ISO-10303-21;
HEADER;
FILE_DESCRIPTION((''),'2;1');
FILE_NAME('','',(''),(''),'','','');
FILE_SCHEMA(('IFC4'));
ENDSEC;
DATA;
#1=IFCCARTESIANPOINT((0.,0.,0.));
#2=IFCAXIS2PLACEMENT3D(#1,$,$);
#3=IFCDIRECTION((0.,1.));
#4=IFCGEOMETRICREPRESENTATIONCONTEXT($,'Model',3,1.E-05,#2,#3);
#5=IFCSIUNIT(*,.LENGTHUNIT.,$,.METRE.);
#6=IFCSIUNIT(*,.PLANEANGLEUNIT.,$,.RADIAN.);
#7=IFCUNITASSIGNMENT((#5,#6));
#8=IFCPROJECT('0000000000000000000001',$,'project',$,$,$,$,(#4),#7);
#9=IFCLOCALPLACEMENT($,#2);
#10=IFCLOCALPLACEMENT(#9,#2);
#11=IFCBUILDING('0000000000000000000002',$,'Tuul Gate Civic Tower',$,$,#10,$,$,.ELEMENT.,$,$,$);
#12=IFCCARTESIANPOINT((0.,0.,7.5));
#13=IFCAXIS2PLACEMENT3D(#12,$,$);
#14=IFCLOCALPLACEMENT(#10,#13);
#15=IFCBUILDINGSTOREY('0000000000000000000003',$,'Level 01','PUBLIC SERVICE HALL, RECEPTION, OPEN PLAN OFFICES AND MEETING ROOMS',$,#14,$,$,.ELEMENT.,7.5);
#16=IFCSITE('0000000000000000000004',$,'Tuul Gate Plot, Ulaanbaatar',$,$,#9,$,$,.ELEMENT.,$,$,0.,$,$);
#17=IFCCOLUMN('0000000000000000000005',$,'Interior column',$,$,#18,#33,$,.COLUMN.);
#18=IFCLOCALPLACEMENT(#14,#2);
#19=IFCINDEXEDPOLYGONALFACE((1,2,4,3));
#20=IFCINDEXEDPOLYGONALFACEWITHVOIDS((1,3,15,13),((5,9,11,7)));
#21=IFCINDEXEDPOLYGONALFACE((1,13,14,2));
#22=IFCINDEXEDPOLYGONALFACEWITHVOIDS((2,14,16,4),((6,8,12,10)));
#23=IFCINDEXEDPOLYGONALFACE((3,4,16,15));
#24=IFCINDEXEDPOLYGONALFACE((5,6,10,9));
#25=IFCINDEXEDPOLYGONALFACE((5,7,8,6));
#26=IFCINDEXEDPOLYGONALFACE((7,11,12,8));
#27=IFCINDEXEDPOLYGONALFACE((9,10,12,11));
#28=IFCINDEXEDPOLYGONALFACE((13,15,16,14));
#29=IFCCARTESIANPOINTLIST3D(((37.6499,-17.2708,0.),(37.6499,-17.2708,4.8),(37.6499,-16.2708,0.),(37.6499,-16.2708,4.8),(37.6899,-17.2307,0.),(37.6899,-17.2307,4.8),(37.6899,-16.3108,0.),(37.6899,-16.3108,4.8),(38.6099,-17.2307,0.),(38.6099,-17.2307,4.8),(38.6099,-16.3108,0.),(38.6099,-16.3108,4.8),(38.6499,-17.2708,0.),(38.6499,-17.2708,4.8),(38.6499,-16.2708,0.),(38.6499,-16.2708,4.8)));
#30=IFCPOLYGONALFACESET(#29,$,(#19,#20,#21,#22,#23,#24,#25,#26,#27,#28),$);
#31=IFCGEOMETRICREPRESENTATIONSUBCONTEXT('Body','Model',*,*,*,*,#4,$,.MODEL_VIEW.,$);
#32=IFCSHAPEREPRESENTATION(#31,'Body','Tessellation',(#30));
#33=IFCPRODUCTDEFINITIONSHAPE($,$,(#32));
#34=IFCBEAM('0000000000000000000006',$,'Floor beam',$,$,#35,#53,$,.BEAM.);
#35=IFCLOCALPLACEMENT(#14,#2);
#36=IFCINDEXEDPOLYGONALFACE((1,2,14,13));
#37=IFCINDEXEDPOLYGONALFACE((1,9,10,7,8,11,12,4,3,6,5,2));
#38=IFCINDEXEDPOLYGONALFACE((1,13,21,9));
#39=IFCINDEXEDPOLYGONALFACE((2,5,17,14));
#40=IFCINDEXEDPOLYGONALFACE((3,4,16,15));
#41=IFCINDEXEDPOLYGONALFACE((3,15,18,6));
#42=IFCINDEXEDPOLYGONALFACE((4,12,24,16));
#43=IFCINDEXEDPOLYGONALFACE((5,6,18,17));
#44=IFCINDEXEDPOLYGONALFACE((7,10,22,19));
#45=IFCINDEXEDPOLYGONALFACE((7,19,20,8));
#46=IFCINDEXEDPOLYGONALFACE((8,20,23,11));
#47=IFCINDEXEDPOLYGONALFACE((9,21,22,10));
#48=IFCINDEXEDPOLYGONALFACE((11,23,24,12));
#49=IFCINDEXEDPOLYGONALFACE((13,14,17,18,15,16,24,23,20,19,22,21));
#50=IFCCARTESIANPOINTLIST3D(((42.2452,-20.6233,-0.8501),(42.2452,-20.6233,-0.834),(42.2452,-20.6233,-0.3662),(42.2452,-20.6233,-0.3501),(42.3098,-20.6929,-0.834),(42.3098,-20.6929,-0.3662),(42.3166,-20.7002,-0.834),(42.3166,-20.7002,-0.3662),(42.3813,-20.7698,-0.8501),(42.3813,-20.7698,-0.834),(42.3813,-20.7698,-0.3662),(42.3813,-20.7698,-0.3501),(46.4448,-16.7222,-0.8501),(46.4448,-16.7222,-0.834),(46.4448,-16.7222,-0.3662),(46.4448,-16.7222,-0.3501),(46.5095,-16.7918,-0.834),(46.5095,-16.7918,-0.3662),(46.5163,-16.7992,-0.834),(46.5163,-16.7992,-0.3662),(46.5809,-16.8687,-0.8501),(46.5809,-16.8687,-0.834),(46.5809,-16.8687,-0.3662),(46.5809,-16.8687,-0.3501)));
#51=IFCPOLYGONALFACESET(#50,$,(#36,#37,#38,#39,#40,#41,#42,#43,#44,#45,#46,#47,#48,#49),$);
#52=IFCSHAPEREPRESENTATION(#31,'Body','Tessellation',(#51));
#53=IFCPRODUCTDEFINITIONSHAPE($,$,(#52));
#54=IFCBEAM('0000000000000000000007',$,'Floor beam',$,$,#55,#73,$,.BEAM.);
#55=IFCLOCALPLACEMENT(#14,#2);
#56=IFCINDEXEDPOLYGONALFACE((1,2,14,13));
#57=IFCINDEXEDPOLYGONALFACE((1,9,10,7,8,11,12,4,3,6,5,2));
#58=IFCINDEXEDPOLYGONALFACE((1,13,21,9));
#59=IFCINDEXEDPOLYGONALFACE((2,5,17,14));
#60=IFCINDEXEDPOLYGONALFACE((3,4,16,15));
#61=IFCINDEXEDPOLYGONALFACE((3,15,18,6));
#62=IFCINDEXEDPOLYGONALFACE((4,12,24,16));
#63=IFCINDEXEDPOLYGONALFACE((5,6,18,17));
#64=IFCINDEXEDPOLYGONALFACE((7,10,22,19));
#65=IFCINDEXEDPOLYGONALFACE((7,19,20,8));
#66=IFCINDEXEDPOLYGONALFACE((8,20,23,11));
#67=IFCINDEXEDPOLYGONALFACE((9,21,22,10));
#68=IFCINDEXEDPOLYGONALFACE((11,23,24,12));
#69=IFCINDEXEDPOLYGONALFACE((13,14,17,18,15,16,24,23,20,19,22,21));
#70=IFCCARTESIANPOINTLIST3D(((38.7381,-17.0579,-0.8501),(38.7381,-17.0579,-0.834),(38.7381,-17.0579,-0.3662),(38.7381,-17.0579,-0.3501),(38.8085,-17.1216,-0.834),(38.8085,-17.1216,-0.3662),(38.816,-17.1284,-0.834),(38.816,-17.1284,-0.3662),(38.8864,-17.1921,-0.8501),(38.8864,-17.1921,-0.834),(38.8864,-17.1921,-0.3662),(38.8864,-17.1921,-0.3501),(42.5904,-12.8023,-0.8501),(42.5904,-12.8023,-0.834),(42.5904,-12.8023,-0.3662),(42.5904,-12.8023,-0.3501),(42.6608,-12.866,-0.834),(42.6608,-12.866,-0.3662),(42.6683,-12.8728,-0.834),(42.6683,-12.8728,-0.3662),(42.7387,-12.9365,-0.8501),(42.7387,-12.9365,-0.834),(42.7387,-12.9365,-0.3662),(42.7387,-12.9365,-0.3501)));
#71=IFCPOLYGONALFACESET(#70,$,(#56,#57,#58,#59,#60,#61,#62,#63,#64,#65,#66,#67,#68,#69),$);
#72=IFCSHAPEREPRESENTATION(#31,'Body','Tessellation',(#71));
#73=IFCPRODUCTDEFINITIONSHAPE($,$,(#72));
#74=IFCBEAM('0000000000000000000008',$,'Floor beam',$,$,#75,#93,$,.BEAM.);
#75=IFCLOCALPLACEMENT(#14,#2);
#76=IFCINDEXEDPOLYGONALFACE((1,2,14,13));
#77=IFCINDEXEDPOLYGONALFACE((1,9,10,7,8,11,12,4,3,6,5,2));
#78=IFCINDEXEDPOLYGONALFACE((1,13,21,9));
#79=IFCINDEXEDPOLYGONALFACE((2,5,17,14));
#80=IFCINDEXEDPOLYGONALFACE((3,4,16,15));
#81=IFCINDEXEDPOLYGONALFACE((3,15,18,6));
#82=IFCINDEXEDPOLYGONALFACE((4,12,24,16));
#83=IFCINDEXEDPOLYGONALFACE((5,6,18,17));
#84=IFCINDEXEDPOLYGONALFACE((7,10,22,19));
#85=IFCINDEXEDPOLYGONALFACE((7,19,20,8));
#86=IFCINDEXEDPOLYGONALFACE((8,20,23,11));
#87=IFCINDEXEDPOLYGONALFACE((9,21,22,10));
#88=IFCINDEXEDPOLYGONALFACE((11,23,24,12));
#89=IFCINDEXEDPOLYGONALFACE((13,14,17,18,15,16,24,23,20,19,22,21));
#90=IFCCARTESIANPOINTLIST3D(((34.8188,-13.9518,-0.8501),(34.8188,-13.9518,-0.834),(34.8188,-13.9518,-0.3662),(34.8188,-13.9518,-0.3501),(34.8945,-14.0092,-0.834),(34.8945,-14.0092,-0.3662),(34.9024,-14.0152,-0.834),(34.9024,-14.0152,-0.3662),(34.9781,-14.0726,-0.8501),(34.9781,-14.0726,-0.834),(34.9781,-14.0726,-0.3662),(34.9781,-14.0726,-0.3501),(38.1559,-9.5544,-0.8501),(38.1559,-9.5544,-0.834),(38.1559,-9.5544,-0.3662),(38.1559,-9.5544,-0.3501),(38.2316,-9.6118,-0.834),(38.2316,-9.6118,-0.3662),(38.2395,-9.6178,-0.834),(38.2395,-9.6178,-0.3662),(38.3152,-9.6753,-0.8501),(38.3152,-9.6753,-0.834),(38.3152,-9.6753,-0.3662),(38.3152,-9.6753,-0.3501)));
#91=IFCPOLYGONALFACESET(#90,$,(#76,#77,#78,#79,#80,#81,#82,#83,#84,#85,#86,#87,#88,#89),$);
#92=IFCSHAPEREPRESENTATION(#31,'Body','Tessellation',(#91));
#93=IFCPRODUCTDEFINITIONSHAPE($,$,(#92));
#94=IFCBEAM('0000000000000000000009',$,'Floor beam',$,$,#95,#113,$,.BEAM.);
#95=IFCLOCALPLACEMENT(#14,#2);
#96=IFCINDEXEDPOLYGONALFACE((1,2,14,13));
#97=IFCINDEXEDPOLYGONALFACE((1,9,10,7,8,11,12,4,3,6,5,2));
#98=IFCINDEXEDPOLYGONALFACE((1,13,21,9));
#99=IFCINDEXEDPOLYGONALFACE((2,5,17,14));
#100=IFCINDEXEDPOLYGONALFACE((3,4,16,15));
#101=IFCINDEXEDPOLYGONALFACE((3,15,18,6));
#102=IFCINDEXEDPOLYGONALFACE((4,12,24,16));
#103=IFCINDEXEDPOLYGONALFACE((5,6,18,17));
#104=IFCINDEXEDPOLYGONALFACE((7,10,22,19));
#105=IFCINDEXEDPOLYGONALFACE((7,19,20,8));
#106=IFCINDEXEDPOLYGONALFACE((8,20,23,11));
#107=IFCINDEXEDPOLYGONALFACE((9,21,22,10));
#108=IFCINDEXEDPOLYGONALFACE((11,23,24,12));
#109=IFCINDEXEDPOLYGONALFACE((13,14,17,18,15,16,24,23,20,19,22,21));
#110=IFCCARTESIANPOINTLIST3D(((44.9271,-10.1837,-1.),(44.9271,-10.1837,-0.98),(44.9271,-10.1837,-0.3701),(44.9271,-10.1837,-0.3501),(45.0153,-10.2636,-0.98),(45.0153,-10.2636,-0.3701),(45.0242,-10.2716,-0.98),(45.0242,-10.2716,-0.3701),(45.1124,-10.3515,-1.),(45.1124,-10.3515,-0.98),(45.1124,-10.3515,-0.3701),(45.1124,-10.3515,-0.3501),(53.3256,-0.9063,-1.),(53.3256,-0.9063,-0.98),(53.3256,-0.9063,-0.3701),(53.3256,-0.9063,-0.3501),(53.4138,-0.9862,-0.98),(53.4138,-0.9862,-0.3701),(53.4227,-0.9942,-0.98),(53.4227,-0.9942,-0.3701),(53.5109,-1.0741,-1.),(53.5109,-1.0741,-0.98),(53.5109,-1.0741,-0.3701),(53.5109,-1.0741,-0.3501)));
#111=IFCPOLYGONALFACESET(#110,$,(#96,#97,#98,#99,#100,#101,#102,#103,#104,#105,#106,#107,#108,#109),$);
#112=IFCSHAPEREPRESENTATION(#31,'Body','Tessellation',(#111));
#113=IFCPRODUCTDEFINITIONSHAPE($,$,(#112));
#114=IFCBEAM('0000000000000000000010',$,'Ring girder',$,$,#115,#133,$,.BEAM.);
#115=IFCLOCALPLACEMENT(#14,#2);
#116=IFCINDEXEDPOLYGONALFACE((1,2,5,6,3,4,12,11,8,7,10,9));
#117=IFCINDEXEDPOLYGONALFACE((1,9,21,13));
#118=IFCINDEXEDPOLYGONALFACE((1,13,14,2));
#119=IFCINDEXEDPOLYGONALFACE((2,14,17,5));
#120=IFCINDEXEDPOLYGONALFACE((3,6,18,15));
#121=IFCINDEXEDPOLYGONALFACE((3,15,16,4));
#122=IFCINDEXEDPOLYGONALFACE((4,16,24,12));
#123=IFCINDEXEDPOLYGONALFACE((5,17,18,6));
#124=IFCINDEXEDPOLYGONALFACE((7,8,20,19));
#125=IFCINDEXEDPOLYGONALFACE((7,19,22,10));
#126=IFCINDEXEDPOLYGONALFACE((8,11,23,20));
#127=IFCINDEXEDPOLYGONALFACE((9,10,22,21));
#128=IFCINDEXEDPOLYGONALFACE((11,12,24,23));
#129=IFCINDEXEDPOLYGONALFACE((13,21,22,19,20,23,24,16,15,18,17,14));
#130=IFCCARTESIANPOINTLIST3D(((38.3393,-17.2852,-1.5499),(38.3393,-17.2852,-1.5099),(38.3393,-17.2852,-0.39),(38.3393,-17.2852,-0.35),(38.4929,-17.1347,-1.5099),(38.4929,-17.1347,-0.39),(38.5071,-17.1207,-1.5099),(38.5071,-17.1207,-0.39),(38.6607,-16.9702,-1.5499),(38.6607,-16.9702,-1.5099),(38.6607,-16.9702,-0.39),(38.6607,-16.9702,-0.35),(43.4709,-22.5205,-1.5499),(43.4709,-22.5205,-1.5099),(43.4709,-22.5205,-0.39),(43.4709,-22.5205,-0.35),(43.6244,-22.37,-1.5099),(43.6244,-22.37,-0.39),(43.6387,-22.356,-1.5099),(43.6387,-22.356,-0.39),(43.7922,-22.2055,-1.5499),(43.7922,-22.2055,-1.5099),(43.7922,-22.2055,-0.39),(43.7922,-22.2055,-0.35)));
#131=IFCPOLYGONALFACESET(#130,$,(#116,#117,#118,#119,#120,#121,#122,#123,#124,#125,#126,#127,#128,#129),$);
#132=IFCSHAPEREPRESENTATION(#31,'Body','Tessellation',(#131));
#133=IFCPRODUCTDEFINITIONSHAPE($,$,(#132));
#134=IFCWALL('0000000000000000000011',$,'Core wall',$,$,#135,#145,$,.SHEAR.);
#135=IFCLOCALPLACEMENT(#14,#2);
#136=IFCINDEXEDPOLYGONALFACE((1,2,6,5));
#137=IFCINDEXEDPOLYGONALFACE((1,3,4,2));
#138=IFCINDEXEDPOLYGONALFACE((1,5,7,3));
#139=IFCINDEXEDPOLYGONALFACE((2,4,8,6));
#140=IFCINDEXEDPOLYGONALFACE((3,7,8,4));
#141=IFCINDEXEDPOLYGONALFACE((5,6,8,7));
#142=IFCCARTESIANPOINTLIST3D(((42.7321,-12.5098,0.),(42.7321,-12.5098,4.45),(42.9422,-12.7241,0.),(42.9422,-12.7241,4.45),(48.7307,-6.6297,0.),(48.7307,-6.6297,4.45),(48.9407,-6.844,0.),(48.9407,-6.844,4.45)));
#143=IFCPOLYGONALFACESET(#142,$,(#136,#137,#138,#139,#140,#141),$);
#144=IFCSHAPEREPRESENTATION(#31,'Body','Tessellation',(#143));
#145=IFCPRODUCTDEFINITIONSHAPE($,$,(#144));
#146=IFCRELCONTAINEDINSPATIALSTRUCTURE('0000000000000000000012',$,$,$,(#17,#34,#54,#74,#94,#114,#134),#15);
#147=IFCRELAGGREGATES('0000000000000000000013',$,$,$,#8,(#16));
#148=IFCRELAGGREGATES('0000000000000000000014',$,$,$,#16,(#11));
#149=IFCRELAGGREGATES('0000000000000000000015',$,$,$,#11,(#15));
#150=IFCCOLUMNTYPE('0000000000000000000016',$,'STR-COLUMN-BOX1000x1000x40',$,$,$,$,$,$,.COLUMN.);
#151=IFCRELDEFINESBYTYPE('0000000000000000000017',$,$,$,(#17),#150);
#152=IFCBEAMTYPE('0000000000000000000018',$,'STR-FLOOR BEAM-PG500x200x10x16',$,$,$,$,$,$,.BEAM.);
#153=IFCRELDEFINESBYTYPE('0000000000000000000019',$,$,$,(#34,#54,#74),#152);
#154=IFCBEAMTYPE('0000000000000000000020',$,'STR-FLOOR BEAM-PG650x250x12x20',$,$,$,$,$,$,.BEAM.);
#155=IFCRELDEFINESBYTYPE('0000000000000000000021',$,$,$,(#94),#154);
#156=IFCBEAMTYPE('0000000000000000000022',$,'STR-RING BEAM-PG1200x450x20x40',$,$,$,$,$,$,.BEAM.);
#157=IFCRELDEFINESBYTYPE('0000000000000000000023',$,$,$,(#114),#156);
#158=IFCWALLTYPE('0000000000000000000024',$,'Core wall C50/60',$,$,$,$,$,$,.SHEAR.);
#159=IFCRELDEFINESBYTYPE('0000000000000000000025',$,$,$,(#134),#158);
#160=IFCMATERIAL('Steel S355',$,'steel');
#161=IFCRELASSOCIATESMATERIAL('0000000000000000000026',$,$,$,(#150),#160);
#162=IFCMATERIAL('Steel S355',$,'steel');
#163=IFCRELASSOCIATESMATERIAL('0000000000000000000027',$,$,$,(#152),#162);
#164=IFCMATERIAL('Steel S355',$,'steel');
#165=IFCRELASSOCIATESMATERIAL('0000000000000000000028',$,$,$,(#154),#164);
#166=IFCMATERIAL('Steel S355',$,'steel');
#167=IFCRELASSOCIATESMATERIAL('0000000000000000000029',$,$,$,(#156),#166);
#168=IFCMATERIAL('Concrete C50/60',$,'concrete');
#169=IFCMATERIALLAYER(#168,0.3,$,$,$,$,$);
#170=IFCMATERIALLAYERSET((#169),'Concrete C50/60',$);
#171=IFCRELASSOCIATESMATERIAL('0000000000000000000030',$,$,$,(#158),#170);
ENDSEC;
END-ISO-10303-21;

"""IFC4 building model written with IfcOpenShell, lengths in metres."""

from ifc_helpers import new_model, si_unit, direction, frame, frame_2d, origin, origin_2d, place, context, subcontext, project, spatial, rectangle, hollow_rectangle, i_section, extrude, material, layer, layer_set, material_profile, profile_set, type_object, element, save


model = new_model("IFC4")

# Units and contexts
model_context = context("Model", 3, precision=1e-05, world=origin(), true_north=direction((0.0, 1.0)))
body_context = subcontext(model_context, "Body", "Model", "MODEL_VIEW")
ifc_project = project(units=[si_unit("LENGTHUNIT", "METRE"), si_unit("PLANEANGLEUNIT", "RADIAN")], contexts=[model_context])

# Site, building, storey
site_placement = place(None, origin())
site = spatial("IfcSite", under=ifc_project, at=site_placement, Name="Tuul Gate Plot, Ulaanbaatar", CompositionType="ELEMENT", RefElevation=0.0)
building_placement = place(site_placement, origin())
building = spatial("IfcBuilding", under=site, at=building_placement, Name="Tuul Gate Civic Tower", CompositionType="ELEMENT")
storey_placement = place(building_placement, frame((0.0, 0.0, 7.5)))
storey = spatial("IfcBuildingStorey", under=building, at=storey_placement, Name="Level 01", Description="PUBLIC SERVICE HALL, RECEPTION, OPEN PLAN OFFICES AND MEETING ROOMS", CompositionType="ELEMENT", Elevation=7.5)

# Column
ifc_material_1 = material(Name="Steel S355", Category="steel")
ifc_material_profile_1 = material_profile(ifc_material_1, hollow_rectangle(XDim=1.0, YDim=1.0, WallThickness=0.04, at=origin_2d()), Name="BOX1000x1000x40")
ifc_profile_set_1 = profile_set([ifc_material_profile_1], Name="Steel S355")
column_type = type_object("IfcColumnType", Name="STR-COLUMN-BOX1000x1000x40", PredefinedType="COLUMN", material=ifc_profile_set_1)
column_placement = place(storey_placement, frame((38.1499, -16.7708, 0.0), z_axis=(0.0, 0.0, 1.0), x_axis=(1.0, 0.0, 0.0)))
element("IfcColumn", 1, at=column_placement, inside=storey, type_object=column_type, Name="Interior column", PredefinedType="COLUMN", context=body_context, shape_type="SweptSolid", body=[
    extrude(hollow_rectangle(XDim=1.0, YDim=1.0, WallThickness=0.04, at=origin_2d()), origin(), (0.0, 0.0, 1.0), 4.8),
])

# Beams
ifc_material_2 = material(Name="Steel S355", Category="steel")
ifc_material_profile_2 = material_profile(ifc_material_2, i_section(OverallWidth=0.2, OverallDepth=0.5, WebThickness=0.01, FlangeThickness=0.0161, at=origin_2d()), Name="PG500x200x10x16")
ifc_profile_set_2 = profile_set([ifc_material_profile_2], Name="Steel S355")
beam_type_1 = type_object("IfcBeamType", Name="STR-FLOOR BEAM-PG500x200x10x16", PredefinedType="BEAM", material=ifc_profile_set_2)
beam_1_placement = place(storey_placement, frame((42.3132, -20.6965, -0.6001), z_axis=(0.732672, 0.680582, 0.0), x_axis=(-0.680582, 0.732672, 0.0)))
element("IfcBeam", 2, at=beam_1_placement, inside=storey, type_object=beam_type_1, Name="Floor beam", PredefinedType="BEAM", context=body_context, shape_type="SweptSolid", body=[
    extrude(i_section(OverallWidth=0.2, OverallDepth=0.5, WebThickness=0.01, FlangeThickness=0.0161, at=origin_2d()), origin(), (0.0, 0.0, 1.0), 5.7319),
])
beam_2_placement = place(storey_placement, frame((38.8123, -17.125, -0.6001), z_axis=(0.671103, 0.741364, 0.0), x_axis=(-0.741364, 0.671103, 0.0)))
element("IfcBeam", 3, at=beam_2_placement, inside=storey, type_object=beam_type_1, Name="Floor beam", PredefinedType="BEAM", context=body_context, shape_type="SweptSolid", body=[
    extrude(i_section(OverallWidth=0.2, OverallDepth=0.5, WebThickness=0.01, FlangeThickness=0.0161, at=origin_2d()), origin(), (0.0, 0.0, 1.0), 5.7402),
])
beam_3_placement = place(storey_placement, frame((34.8984, -14.0122, -0.6001), z_axis=(0.604519, 0.796591, 0.0), x_axis=(-0.796591, 0.604519, 0.0)))
element("IfcBeam", 4, at=beam_3_placement, inside=storey, type_object=beam_type_1, Name="Floor beam", PredefinedType="BEAM", context=body_context, shape_type="SweptSolid", body=[
    extrude(i_section(OverallWidth=0.2, OverallDepth=0.5, WebThickness=0.01, FlangeThickness=0.0161, at=origin_2d()), origin(), (0.0, 0.0, 1.0), 5.5203),
])
ifc_material_3 = material(Name="Steel S355", Category="steel")
ifc_material_profile_3 = material_profile(ifc_material_3, i_section(OverallWidth=0.25, OverallDepth=0.6499, WebThickness=0.012, FlangeThickness=0.02, at=origin_2d()), Name="PG650x250x12x20")
ifc_profile_set_3 = profile_set([ifc_material_profile_3], Name="Steel S355")
beam_type_2 = type_object("IfcBeamType", Name="STR-FLOOR BEAM-PG650x250x12x20", PredefinedType="BEAM", material=ifc_profile_set_3)
beam_4_placement = place(storey_placement, frame((45.0198, -10.2676, -0.675), z_axis=(0.671118, 0.741351, 0.0), x_axis=(-0.741351, 0.671118, 0.0)))
element("IfcBeam", 5, at=beam_4_placement, inside=storey, type_object=beam_type_2, Name="Floor beam", PredefinedType="BEAM", context=body_context, shape_type="SweptSolid", body=[
    extrude(i_section(OverallWidth=0.25, OverallDepth=0.6499, WebThickness=0.012, FlangeThickness=0.02, at=origin_2d()), origin(), (0.0, 0.0, 1.0), 12.5142),
])
ifc_material_4 = material(Name="Steel S355", Category="steel")
ifc_material_profile_4 = material_profile(ifc_material_4, i_section(OverallWidth=0.45, OverallDepth=1.2, WebThickness=0.02, FlangeThickness=0.04, at=origin_2d()), Name="PG1200x450x20x40")
ifc_profile_set_4 = profile_set([ifc_material_profile_4], Name="Steel S355")
beam_type_3 = type_object("IfcBeamType", Name="STR-RING BEAM-PG1200x450x20x40", PredefinedType="BEAM", material=ifc_profile_set_4)
beam_5_placement = place(storey_placement, frame((38.5, -17.1277, -0.95), z_axis=(0.699994, -0.714148, 0.0), x_axis=(0.714148, 0.699994, 0.0)))
element("IfcBeam", 6, at=beam_5_placement, inside=storey, type_object=beam_type_3, Name="Ring girder", PredefinedType="BEAM", context=body_context, shape_type="SweptSolid", body=[
    extrude(i_section(OverallWidth=0.45, OverallDepth=1.2, WebThickness=0.02, FlangeThickness=0.04, at=origin_2d()), origin(), (0.0, 0.0, 1.0), 7.3308),
])

# Wall
ifc_material_5 = material(Name="Concrete C50/60", Category="concrete")
ifc_layer_1 = layer(ifc_material_5, 0.3)
ifc_layer_set_1 = layer_set([ifc_layer_1], Name="Concrete C50/60")
wall_type_1 = type_object("IfcWallType", Name="Core wall C50/60", PredefinedType="SHEAR", material=ifc_layer_set_1)
wall_1_placement = place(storey_placement, frame((42.8372, -12.6169, 0.0), z_axis=(0.0, 0.0, 1.0), x_axis=(0.71412, 0.700023, 0.0)))
element("IfcWall", 7, at=wall_1_placement, inside=storey, type_object=wall_type_1, Name="Core wall", PredefinedType="SHEAR", context=body_context, shape_type="SweptSolid", body=[
    extrude(rectangle(XDim=8.3999, YDim=0.3, at=frame_2d((4.2, 0.0))), origin(), (0.0, 0.0, 1.0), 4.45),
])

save(model, "model.ifc")
